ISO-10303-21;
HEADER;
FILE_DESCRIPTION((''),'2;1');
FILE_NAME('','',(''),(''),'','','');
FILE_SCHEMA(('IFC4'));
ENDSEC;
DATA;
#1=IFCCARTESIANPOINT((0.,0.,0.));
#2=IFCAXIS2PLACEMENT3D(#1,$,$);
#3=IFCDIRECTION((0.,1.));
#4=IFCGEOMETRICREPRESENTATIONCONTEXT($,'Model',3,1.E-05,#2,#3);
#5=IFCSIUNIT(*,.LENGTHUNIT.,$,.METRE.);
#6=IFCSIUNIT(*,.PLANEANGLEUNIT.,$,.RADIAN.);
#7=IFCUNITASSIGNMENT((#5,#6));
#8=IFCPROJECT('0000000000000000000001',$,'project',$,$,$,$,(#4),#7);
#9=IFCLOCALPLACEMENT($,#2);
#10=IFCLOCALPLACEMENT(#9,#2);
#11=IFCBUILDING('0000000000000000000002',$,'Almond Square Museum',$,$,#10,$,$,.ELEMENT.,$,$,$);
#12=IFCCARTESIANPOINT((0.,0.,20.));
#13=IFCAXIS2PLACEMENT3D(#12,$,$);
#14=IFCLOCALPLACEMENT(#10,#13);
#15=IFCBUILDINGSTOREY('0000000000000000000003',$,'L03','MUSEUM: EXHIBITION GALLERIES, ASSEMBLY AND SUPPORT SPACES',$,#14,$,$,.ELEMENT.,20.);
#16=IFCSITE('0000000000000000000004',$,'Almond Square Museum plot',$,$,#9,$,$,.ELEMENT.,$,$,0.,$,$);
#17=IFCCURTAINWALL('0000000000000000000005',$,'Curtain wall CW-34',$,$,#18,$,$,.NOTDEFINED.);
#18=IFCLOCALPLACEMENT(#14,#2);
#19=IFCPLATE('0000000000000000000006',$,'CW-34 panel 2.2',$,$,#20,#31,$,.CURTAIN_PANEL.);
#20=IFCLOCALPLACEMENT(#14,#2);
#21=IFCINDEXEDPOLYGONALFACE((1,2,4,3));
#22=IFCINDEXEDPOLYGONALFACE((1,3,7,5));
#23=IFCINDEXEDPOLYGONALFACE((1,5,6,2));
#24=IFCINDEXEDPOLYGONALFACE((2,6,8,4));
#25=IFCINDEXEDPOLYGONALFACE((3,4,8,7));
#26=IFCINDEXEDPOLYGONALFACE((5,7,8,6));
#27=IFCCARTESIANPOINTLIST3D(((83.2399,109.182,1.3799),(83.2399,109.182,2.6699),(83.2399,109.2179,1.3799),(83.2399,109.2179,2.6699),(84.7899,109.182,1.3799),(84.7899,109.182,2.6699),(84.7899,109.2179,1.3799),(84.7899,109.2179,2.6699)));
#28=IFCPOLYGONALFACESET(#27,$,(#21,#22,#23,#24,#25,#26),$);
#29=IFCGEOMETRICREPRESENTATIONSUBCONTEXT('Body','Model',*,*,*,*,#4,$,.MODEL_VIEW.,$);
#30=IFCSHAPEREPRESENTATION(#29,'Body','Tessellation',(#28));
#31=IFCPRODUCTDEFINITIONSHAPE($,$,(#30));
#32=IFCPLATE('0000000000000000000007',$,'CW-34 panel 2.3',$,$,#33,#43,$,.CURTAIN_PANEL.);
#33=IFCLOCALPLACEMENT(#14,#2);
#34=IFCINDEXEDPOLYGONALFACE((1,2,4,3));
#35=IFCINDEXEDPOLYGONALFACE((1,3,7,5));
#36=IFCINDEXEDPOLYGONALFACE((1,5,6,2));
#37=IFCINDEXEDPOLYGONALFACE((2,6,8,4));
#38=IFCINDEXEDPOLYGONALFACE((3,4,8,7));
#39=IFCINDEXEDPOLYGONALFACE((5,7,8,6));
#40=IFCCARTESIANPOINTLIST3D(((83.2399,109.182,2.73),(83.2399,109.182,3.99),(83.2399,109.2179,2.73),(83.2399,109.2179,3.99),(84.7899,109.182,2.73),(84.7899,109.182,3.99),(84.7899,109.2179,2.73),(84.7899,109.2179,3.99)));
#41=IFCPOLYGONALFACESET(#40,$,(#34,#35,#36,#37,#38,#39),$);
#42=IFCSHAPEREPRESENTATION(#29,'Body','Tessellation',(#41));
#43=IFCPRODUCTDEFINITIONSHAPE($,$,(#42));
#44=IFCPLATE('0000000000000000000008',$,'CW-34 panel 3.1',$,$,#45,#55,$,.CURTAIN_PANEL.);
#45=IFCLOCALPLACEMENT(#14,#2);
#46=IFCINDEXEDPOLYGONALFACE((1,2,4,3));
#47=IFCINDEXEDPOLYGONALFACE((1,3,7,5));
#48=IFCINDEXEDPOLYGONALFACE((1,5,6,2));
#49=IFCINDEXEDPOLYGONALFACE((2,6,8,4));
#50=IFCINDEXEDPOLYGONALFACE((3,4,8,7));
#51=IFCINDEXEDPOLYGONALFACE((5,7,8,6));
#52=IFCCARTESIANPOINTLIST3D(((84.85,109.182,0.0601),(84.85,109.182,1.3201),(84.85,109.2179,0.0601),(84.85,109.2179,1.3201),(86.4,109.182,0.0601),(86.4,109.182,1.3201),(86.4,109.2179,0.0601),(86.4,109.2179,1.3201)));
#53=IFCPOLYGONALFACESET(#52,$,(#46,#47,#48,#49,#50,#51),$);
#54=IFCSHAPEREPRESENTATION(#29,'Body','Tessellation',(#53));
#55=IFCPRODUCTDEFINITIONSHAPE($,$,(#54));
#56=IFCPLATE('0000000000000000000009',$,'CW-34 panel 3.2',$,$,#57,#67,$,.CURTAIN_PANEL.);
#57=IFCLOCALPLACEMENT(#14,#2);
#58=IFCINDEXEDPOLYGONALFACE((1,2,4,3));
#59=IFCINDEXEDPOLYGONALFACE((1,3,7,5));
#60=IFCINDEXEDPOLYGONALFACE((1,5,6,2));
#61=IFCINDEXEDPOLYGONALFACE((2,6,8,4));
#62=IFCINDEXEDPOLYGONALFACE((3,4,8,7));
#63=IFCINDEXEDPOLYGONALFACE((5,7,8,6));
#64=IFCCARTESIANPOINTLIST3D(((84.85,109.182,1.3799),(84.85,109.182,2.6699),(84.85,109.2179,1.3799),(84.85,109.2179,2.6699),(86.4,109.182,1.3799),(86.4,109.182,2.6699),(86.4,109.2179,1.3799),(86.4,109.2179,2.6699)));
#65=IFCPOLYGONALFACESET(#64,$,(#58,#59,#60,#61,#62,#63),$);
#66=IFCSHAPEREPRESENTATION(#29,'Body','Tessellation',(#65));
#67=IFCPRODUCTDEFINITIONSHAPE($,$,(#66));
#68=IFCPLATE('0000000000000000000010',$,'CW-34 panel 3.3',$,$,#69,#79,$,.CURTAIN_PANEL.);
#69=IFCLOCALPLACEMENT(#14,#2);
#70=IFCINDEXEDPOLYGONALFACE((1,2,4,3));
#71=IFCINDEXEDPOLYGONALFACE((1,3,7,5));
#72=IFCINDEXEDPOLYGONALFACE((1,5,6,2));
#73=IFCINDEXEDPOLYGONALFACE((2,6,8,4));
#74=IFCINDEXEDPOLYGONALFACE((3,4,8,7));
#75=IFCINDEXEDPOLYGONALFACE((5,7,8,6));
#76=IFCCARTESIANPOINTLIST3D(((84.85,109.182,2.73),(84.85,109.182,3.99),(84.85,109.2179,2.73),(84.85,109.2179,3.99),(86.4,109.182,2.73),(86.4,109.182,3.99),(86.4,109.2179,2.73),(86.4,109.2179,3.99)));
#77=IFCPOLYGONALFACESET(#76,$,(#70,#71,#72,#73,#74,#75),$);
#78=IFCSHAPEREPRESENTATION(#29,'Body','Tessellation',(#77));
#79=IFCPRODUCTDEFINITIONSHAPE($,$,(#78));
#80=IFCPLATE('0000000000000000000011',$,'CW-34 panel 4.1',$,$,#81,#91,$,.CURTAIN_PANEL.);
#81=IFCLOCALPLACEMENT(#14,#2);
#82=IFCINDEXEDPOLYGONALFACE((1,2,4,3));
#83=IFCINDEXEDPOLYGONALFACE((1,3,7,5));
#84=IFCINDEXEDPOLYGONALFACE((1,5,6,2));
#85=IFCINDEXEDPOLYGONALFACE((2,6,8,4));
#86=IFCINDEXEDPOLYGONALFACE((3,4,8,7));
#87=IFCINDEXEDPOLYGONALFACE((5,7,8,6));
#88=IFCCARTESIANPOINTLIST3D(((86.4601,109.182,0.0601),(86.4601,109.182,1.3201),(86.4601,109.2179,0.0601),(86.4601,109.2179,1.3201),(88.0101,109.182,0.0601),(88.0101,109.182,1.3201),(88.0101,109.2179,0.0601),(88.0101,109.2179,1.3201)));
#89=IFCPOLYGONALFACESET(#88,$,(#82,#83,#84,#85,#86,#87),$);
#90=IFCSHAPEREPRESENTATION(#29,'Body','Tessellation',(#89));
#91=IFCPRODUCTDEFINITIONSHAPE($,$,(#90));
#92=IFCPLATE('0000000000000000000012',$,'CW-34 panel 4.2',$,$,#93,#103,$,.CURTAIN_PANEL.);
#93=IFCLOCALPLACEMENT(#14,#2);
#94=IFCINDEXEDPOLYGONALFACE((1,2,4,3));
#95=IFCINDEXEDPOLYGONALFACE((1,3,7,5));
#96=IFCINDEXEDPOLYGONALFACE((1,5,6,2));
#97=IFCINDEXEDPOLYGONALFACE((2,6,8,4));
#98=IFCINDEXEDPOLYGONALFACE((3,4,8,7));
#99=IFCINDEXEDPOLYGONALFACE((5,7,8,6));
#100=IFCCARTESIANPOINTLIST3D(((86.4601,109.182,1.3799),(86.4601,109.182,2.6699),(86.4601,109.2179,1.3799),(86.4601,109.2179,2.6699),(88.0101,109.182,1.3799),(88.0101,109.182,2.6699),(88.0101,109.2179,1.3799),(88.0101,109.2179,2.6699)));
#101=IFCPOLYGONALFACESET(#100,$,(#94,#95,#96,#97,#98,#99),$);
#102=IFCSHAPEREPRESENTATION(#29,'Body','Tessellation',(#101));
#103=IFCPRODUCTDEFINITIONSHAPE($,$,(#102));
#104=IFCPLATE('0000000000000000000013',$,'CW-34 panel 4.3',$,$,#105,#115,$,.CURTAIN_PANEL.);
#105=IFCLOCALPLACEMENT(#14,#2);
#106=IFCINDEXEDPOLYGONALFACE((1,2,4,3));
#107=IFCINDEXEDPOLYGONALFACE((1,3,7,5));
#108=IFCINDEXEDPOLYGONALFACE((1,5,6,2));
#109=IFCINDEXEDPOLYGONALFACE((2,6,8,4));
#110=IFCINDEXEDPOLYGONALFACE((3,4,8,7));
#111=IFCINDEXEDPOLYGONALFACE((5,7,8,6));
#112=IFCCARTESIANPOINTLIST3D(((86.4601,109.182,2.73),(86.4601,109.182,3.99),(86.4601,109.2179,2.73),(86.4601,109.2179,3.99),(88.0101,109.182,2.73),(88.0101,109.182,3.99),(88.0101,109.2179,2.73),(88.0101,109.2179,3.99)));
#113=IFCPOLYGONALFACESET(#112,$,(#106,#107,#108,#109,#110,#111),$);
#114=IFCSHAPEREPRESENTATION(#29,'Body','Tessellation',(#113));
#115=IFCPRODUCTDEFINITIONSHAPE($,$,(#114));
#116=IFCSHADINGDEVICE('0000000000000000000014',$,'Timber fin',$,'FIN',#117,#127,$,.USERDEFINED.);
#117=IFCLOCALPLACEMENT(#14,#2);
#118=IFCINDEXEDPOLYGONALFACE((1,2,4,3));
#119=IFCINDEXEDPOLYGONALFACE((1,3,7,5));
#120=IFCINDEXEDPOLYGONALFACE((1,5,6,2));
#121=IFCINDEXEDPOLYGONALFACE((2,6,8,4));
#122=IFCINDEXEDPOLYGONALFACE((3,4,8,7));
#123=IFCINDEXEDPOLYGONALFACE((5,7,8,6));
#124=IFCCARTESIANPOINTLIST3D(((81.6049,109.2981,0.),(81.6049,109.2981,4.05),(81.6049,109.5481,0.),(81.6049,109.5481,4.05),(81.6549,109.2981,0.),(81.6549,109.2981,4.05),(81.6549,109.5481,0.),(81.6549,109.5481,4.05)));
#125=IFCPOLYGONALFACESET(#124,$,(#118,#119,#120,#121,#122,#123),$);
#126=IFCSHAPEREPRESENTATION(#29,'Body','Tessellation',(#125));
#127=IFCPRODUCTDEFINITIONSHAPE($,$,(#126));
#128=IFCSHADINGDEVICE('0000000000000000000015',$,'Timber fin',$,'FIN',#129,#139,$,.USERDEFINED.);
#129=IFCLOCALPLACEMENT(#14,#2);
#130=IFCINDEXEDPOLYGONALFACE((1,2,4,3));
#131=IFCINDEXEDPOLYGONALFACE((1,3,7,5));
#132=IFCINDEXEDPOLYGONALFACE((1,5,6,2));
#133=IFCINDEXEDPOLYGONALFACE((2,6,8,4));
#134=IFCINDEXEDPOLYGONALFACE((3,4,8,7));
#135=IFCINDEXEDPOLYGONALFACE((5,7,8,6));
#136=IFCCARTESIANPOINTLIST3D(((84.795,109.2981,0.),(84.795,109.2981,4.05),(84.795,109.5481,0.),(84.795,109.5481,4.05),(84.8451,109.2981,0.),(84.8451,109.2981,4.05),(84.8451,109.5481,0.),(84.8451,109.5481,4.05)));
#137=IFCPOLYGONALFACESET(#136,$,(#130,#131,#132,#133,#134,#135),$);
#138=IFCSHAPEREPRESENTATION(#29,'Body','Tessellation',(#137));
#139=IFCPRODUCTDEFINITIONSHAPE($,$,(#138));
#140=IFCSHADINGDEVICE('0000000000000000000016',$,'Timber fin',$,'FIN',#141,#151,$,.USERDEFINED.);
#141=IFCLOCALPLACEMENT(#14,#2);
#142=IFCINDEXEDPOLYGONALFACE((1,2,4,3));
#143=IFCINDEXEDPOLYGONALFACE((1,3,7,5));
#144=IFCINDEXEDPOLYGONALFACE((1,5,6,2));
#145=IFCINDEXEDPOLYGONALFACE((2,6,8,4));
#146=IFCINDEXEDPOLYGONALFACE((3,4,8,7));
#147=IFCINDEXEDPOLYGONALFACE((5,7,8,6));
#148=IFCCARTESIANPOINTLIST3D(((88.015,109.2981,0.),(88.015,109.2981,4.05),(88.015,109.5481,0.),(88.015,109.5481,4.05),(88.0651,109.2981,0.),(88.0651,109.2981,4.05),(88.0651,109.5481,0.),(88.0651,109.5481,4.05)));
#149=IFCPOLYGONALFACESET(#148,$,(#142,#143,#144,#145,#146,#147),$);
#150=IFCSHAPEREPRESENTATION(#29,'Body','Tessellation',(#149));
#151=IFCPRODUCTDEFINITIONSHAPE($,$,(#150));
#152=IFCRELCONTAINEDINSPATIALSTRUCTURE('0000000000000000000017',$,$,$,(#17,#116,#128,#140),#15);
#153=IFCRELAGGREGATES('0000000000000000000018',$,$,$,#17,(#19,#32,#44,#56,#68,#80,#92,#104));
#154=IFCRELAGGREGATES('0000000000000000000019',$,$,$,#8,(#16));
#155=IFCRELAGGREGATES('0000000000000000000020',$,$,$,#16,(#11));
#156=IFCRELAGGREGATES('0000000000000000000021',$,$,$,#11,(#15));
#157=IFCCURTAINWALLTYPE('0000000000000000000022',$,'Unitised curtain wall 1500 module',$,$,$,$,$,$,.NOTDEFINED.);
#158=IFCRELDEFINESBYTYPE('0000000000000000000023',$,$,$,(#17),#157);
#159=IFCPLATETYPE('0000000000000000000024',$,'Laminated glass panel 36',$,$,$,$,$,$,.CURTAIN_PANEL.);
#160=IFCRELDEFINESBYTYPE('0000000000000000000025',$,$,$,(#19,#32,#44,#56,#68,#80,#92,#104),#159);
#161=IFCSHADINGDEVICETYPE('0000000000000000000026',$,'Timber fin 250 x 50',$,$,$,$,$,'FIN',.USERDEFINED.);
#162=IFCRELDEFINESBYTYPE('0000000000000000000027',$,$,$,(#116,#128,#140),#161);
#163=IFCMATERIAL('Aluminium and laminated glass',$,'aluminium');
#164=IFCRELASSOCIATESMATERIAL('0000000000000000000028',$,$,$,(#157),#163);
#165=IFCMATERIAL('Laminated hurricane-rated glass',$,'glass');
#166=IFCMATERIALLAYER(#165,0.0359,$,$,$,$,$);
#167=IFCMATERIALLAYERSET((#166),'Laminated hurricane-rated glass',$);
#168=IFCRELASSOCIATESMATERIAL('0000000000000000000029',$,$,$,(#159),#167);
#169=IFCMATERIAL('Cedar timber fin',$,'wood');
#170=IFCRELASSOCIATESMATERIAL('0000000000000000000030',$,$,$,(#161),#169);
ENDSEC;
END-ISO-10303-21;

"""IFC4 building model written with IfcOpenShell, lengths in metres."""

from ifc_helpers import new_model, si_unit, direction, frame, origin, origin_2d, place, context, subcontext, project, spatial, rectangle, extrude, material, layer, layer_set, material_profile, profile_set, type_object, element, aggregate, save


model = new_model("IFC4")

# Units and contexts
model_context = context("Model", 3, precision=1e-05, world=origin(), true_north=direction((0.0, 1.0)))
body_context = subcontext(model_context, "Body", "Model", "MODEL_VIEW")
ifc_project = project(units=[si_unit("LENGTHUNIT", "METRE"), si_unit("PLANEANGLEUNIT", "RADIAN")], contexts=[model_context])

# Site, building, storey
site_placement = place(None, origin())
site = spatial("IfcSite", under=ifc_project, at=site_placement, Name="Almond Square Museum plot", CompositionType="ELEMENT", RefElevation=0.0)
building_placement = place(site_placement, origin())
building = spatial("IfcBuilding", under=site, at=building_placement, Name="Almond Square Museum", CompositionType="ELEMENT")
storey_placement = place(building_placement, frame((0.0, 0.0, 20.0)))
storey = spatial("IfcBuildingStorey", under=building, at=storey_placement, Name="L03", Description="MUSEUM: EXHIBITION GALLERIES, ASSEMBLY AND SUPPORT SPACES", CompositionType="ELEMENT", Elevation=20.0)

# Curtain wall
ifc_material_1 = material(Name="Aluminium and laminated glass", Category="aluminium")
curtain_wall_type = type_object("IfcCurtainWallType", Name="Unitised curtain wall 1500 module", PredefinedType="NOTDEFINED", material=ifc_material_1)
curtain_wall_placement = place(storey_placement, origin())
curtain_wall = element("IfcCurtainWall", 1, at=curtain_wall_placement, inside=storey, type_object=curtain_wall_type, Name="Curtain wall CW-34", PredefinedType="NOTDEFINED")

# Plates
ifc_material_2 = material(Name="Laminated hurricane-rated glass", Category="glass")
ifc_layer = layer(ifc_material_2, 0.0359)
ifc_layer_set = layer_set([ifc_layer], Name="Laminated hurricane-rated glass")
plate_type = type_object("IfcPlateType", Name="Laminated glass panel 36", PredefinedType="CURTAIN_PANEL", material=ifc_layer_set)
plate_1_placement = place(storey_placement, frame((84.0149, 109.2, 1.3799), z_axis=(0.0, 0.0, 1.0), x_axis=(1.0, 0.0, 0.0)))
plate_1 = element("IfcPlate", 2, at=plate_1_placement, type_object=plate_type, Name="CW-34 panel 2.2", PredefinedType="CURTAIN_PANEL", context=body_context, shape_type="SweptSolid", body=[
    extrude(rectangle(XDim=1.55, YDim=0.0359, at=origin_2d()), origin(), (0.0, 0.0, 1.0), 1.29),
])
plate_2_placement = place(storey_placement, frame((84.0149, 109.2, 2.73), z_axis=(0.0, 0.0, 1.0), x_axis=(1.0, 0.0, 0.0)))
plate_2 = element("IfcPlate", 3, at=plate_2_placement, type_object=plate_type, Name="CW-34 panel 2.3", PredefinedType="CURTAIN_PANEL", context=body_context, shape_type="SweptSolid", body=[
    extrude(rectangle(XDim=1.55, YDim=0.0359, at=origin_2d()), origin(), (0.0, 0.0, 1.0), 1.26),
])
plate_3_placement = place(storey_placement, frame((85.625, 109.2, 0.0601), z_axis=(0.0, 0.0, 1.0), x_axis=(1.0, 0.0, 0.0)))
plate_3 = element("IfcPlate", 4, at=plate_3_placement, type_object=plate_type, Name="CW-34 panel 3.1", PredefinedType="CURTAIN_PANEL", context=body_context, shape_type="SweptSolid", body=[
    extrude(rectangle(XDim=1.55, YDim=0.0359, at=origin_2d()), origin(), (0.0, 0.0, 1.0), 1.26),
])
plate_4_placement = place(storey_placement, frame((85.625, 109.2, 1.3799), z_axis=(0.0, 0.0, 1.0), x_axis=(1.0, 0.0, 0.0)))
plate_4 = element("IfcPlate", 5, at=plate_4_placement, type_object=plate_type, Name="CW-34 panel 3.2", PredefinedType="CURTAIN_PANEL", context=body_context, shape_type="SweptSolid", body=[
    extrude(rectangle(XDim=1.55, YDim=0.0359, at=origin_2d()), origin(), (0.0, 0.0, 1.0), 1.29),
])
plate_5_placement = place(storey_placement, frame((85.625, 109.2, 2.73), z_axis=(0.0, 0.0, 1.0), x_axis=(1.0, 0.0, 0.0)))
plate_5 = element("IfcPlate", 6, at=plate_5_placement, type_object=plate_type, Name="CW-34 panel 3.3", PredefinedType="CURTAIN_PANEL", context=body_context, shape_type="SweptSolid", body=[
    extrude(rectangle(XDim=1.55, YDim=0.0359, at=origin_2d()), origin(), (0.0, 0.0, 1.0), 1.26),
])
plate_6_placement = place(storey_placement, frame((87.2351, 109.2, 0.0601), z_axis=(0.0, 0.0, 1.0), x_axis=(1.0, 0.0, 0.0)))
plate_6 = element("IfcPlate", 7, at=plate_6_placement, type_object=plate_type, Name="CW-34 panel 4.1", PredefinedType="CURTAIN_PANEL", context=body_context, shape_type="SweptSolid", body=[
    extrude(rectangle(XDim=1.55, YDim=0.0359, at=origin_2d()), origin(), (0.0, 0.0, 1.0), 1.26),
])
plate_7_placement = place(storey_placement, frame((87.2351, 109.2, 1.3799), z_axis=(0.0, 0.0, 1.0), x_axis=(1.0, 0.0, 0.0)))
plate_7 = element("IfcPlate", 8, at=plate_7_placement, type_object=plate_type, Name="CW-34 panel 4.2", PredefinedType="CURTAIN_PANEL", context=body_context, shape_type="SweptSolid", body=[
    extrude(rectangle(XDim=1.55, YDim=0.0359, at=origin_2d()), origin(), (0.0, 0.0, 1.0), 1.29),
])
plate_8_placement = place(storey_placement, frame((87.2351, 109.2, 2.73), z_axis=(0.0, 0.0, 1.0), x_axis=(1.0, 0.0, 0.0)))
plate_8 = element("IfcPlate", 9, at=plate_8_placement, type_object=plate_type, Name="CW-34 panel 4.3", PredefinedType="CURTAIN_PANEL", context=body_context, shape_type="SweptSolid", body=[
    extrude(rectangle(XDim=1.55, YDim=0.0359, at=origin_2d()), origin(), (0.0, 0.0, 1.0), 1.26),
])
aggregate(curtain_wall, [plate_1, plate_2, plate_3, plate_4, plate_5, plate_6, plate_7, plate_8])

# Shading devices
ifc_material_3 = material(Name="Cedar timber fin", Category="wood")
ifc_material_profile_1 = material_profile(ifc_material_3, rectangle(XDim=0.25, YDim=0.05, at=origin_2d()))
ifc_profile_set_1 = profile_set([ifc_material_profile_1], Name="Cedar timber fin")
shading_device_type = type_object("IfcShadingDeviceType", Name="Timber fin 250 x 50", ElementType="FIN", PredefinedType="USERDEFINED", material=ifc_profile_set_1)
for number, where, z_axis, x_axis, name in (
    (10, (81.6299, 109.4231, 0.0), (0.0, 0.0, 1.0), (0.0, 1.0, 0.0), "Timber fin"),
    (11, (84.8201, 109.4231, 0.0), (0.0, 0.0, 1.0), (0.0, 1.0, 0.0), "Timber fin"),
    (12, (88.04, 109.4231, 0.0), (0.0, 0.0, 1.0), (0.0, 1.0, 0.0), "Timber fin"),
):
    element("IfcShadingDevice", number, at=place(storey_placement, frame(where, z_axis=z_axis, x_axis=x_axis)), inside=storey, type_object=shading_device_type, Name=name, ObjectType="FIN", PredefinedType="USERDEFINED", context=body_context, shape_type="SweptSolid", body=[
        extrude(rectangle(XDim=0.25, YDim=0.05, at=origin_2d()), origin(), (0.0, 0.0, 1.0), 4.05),
    ])

save(model, "model.ifc")
